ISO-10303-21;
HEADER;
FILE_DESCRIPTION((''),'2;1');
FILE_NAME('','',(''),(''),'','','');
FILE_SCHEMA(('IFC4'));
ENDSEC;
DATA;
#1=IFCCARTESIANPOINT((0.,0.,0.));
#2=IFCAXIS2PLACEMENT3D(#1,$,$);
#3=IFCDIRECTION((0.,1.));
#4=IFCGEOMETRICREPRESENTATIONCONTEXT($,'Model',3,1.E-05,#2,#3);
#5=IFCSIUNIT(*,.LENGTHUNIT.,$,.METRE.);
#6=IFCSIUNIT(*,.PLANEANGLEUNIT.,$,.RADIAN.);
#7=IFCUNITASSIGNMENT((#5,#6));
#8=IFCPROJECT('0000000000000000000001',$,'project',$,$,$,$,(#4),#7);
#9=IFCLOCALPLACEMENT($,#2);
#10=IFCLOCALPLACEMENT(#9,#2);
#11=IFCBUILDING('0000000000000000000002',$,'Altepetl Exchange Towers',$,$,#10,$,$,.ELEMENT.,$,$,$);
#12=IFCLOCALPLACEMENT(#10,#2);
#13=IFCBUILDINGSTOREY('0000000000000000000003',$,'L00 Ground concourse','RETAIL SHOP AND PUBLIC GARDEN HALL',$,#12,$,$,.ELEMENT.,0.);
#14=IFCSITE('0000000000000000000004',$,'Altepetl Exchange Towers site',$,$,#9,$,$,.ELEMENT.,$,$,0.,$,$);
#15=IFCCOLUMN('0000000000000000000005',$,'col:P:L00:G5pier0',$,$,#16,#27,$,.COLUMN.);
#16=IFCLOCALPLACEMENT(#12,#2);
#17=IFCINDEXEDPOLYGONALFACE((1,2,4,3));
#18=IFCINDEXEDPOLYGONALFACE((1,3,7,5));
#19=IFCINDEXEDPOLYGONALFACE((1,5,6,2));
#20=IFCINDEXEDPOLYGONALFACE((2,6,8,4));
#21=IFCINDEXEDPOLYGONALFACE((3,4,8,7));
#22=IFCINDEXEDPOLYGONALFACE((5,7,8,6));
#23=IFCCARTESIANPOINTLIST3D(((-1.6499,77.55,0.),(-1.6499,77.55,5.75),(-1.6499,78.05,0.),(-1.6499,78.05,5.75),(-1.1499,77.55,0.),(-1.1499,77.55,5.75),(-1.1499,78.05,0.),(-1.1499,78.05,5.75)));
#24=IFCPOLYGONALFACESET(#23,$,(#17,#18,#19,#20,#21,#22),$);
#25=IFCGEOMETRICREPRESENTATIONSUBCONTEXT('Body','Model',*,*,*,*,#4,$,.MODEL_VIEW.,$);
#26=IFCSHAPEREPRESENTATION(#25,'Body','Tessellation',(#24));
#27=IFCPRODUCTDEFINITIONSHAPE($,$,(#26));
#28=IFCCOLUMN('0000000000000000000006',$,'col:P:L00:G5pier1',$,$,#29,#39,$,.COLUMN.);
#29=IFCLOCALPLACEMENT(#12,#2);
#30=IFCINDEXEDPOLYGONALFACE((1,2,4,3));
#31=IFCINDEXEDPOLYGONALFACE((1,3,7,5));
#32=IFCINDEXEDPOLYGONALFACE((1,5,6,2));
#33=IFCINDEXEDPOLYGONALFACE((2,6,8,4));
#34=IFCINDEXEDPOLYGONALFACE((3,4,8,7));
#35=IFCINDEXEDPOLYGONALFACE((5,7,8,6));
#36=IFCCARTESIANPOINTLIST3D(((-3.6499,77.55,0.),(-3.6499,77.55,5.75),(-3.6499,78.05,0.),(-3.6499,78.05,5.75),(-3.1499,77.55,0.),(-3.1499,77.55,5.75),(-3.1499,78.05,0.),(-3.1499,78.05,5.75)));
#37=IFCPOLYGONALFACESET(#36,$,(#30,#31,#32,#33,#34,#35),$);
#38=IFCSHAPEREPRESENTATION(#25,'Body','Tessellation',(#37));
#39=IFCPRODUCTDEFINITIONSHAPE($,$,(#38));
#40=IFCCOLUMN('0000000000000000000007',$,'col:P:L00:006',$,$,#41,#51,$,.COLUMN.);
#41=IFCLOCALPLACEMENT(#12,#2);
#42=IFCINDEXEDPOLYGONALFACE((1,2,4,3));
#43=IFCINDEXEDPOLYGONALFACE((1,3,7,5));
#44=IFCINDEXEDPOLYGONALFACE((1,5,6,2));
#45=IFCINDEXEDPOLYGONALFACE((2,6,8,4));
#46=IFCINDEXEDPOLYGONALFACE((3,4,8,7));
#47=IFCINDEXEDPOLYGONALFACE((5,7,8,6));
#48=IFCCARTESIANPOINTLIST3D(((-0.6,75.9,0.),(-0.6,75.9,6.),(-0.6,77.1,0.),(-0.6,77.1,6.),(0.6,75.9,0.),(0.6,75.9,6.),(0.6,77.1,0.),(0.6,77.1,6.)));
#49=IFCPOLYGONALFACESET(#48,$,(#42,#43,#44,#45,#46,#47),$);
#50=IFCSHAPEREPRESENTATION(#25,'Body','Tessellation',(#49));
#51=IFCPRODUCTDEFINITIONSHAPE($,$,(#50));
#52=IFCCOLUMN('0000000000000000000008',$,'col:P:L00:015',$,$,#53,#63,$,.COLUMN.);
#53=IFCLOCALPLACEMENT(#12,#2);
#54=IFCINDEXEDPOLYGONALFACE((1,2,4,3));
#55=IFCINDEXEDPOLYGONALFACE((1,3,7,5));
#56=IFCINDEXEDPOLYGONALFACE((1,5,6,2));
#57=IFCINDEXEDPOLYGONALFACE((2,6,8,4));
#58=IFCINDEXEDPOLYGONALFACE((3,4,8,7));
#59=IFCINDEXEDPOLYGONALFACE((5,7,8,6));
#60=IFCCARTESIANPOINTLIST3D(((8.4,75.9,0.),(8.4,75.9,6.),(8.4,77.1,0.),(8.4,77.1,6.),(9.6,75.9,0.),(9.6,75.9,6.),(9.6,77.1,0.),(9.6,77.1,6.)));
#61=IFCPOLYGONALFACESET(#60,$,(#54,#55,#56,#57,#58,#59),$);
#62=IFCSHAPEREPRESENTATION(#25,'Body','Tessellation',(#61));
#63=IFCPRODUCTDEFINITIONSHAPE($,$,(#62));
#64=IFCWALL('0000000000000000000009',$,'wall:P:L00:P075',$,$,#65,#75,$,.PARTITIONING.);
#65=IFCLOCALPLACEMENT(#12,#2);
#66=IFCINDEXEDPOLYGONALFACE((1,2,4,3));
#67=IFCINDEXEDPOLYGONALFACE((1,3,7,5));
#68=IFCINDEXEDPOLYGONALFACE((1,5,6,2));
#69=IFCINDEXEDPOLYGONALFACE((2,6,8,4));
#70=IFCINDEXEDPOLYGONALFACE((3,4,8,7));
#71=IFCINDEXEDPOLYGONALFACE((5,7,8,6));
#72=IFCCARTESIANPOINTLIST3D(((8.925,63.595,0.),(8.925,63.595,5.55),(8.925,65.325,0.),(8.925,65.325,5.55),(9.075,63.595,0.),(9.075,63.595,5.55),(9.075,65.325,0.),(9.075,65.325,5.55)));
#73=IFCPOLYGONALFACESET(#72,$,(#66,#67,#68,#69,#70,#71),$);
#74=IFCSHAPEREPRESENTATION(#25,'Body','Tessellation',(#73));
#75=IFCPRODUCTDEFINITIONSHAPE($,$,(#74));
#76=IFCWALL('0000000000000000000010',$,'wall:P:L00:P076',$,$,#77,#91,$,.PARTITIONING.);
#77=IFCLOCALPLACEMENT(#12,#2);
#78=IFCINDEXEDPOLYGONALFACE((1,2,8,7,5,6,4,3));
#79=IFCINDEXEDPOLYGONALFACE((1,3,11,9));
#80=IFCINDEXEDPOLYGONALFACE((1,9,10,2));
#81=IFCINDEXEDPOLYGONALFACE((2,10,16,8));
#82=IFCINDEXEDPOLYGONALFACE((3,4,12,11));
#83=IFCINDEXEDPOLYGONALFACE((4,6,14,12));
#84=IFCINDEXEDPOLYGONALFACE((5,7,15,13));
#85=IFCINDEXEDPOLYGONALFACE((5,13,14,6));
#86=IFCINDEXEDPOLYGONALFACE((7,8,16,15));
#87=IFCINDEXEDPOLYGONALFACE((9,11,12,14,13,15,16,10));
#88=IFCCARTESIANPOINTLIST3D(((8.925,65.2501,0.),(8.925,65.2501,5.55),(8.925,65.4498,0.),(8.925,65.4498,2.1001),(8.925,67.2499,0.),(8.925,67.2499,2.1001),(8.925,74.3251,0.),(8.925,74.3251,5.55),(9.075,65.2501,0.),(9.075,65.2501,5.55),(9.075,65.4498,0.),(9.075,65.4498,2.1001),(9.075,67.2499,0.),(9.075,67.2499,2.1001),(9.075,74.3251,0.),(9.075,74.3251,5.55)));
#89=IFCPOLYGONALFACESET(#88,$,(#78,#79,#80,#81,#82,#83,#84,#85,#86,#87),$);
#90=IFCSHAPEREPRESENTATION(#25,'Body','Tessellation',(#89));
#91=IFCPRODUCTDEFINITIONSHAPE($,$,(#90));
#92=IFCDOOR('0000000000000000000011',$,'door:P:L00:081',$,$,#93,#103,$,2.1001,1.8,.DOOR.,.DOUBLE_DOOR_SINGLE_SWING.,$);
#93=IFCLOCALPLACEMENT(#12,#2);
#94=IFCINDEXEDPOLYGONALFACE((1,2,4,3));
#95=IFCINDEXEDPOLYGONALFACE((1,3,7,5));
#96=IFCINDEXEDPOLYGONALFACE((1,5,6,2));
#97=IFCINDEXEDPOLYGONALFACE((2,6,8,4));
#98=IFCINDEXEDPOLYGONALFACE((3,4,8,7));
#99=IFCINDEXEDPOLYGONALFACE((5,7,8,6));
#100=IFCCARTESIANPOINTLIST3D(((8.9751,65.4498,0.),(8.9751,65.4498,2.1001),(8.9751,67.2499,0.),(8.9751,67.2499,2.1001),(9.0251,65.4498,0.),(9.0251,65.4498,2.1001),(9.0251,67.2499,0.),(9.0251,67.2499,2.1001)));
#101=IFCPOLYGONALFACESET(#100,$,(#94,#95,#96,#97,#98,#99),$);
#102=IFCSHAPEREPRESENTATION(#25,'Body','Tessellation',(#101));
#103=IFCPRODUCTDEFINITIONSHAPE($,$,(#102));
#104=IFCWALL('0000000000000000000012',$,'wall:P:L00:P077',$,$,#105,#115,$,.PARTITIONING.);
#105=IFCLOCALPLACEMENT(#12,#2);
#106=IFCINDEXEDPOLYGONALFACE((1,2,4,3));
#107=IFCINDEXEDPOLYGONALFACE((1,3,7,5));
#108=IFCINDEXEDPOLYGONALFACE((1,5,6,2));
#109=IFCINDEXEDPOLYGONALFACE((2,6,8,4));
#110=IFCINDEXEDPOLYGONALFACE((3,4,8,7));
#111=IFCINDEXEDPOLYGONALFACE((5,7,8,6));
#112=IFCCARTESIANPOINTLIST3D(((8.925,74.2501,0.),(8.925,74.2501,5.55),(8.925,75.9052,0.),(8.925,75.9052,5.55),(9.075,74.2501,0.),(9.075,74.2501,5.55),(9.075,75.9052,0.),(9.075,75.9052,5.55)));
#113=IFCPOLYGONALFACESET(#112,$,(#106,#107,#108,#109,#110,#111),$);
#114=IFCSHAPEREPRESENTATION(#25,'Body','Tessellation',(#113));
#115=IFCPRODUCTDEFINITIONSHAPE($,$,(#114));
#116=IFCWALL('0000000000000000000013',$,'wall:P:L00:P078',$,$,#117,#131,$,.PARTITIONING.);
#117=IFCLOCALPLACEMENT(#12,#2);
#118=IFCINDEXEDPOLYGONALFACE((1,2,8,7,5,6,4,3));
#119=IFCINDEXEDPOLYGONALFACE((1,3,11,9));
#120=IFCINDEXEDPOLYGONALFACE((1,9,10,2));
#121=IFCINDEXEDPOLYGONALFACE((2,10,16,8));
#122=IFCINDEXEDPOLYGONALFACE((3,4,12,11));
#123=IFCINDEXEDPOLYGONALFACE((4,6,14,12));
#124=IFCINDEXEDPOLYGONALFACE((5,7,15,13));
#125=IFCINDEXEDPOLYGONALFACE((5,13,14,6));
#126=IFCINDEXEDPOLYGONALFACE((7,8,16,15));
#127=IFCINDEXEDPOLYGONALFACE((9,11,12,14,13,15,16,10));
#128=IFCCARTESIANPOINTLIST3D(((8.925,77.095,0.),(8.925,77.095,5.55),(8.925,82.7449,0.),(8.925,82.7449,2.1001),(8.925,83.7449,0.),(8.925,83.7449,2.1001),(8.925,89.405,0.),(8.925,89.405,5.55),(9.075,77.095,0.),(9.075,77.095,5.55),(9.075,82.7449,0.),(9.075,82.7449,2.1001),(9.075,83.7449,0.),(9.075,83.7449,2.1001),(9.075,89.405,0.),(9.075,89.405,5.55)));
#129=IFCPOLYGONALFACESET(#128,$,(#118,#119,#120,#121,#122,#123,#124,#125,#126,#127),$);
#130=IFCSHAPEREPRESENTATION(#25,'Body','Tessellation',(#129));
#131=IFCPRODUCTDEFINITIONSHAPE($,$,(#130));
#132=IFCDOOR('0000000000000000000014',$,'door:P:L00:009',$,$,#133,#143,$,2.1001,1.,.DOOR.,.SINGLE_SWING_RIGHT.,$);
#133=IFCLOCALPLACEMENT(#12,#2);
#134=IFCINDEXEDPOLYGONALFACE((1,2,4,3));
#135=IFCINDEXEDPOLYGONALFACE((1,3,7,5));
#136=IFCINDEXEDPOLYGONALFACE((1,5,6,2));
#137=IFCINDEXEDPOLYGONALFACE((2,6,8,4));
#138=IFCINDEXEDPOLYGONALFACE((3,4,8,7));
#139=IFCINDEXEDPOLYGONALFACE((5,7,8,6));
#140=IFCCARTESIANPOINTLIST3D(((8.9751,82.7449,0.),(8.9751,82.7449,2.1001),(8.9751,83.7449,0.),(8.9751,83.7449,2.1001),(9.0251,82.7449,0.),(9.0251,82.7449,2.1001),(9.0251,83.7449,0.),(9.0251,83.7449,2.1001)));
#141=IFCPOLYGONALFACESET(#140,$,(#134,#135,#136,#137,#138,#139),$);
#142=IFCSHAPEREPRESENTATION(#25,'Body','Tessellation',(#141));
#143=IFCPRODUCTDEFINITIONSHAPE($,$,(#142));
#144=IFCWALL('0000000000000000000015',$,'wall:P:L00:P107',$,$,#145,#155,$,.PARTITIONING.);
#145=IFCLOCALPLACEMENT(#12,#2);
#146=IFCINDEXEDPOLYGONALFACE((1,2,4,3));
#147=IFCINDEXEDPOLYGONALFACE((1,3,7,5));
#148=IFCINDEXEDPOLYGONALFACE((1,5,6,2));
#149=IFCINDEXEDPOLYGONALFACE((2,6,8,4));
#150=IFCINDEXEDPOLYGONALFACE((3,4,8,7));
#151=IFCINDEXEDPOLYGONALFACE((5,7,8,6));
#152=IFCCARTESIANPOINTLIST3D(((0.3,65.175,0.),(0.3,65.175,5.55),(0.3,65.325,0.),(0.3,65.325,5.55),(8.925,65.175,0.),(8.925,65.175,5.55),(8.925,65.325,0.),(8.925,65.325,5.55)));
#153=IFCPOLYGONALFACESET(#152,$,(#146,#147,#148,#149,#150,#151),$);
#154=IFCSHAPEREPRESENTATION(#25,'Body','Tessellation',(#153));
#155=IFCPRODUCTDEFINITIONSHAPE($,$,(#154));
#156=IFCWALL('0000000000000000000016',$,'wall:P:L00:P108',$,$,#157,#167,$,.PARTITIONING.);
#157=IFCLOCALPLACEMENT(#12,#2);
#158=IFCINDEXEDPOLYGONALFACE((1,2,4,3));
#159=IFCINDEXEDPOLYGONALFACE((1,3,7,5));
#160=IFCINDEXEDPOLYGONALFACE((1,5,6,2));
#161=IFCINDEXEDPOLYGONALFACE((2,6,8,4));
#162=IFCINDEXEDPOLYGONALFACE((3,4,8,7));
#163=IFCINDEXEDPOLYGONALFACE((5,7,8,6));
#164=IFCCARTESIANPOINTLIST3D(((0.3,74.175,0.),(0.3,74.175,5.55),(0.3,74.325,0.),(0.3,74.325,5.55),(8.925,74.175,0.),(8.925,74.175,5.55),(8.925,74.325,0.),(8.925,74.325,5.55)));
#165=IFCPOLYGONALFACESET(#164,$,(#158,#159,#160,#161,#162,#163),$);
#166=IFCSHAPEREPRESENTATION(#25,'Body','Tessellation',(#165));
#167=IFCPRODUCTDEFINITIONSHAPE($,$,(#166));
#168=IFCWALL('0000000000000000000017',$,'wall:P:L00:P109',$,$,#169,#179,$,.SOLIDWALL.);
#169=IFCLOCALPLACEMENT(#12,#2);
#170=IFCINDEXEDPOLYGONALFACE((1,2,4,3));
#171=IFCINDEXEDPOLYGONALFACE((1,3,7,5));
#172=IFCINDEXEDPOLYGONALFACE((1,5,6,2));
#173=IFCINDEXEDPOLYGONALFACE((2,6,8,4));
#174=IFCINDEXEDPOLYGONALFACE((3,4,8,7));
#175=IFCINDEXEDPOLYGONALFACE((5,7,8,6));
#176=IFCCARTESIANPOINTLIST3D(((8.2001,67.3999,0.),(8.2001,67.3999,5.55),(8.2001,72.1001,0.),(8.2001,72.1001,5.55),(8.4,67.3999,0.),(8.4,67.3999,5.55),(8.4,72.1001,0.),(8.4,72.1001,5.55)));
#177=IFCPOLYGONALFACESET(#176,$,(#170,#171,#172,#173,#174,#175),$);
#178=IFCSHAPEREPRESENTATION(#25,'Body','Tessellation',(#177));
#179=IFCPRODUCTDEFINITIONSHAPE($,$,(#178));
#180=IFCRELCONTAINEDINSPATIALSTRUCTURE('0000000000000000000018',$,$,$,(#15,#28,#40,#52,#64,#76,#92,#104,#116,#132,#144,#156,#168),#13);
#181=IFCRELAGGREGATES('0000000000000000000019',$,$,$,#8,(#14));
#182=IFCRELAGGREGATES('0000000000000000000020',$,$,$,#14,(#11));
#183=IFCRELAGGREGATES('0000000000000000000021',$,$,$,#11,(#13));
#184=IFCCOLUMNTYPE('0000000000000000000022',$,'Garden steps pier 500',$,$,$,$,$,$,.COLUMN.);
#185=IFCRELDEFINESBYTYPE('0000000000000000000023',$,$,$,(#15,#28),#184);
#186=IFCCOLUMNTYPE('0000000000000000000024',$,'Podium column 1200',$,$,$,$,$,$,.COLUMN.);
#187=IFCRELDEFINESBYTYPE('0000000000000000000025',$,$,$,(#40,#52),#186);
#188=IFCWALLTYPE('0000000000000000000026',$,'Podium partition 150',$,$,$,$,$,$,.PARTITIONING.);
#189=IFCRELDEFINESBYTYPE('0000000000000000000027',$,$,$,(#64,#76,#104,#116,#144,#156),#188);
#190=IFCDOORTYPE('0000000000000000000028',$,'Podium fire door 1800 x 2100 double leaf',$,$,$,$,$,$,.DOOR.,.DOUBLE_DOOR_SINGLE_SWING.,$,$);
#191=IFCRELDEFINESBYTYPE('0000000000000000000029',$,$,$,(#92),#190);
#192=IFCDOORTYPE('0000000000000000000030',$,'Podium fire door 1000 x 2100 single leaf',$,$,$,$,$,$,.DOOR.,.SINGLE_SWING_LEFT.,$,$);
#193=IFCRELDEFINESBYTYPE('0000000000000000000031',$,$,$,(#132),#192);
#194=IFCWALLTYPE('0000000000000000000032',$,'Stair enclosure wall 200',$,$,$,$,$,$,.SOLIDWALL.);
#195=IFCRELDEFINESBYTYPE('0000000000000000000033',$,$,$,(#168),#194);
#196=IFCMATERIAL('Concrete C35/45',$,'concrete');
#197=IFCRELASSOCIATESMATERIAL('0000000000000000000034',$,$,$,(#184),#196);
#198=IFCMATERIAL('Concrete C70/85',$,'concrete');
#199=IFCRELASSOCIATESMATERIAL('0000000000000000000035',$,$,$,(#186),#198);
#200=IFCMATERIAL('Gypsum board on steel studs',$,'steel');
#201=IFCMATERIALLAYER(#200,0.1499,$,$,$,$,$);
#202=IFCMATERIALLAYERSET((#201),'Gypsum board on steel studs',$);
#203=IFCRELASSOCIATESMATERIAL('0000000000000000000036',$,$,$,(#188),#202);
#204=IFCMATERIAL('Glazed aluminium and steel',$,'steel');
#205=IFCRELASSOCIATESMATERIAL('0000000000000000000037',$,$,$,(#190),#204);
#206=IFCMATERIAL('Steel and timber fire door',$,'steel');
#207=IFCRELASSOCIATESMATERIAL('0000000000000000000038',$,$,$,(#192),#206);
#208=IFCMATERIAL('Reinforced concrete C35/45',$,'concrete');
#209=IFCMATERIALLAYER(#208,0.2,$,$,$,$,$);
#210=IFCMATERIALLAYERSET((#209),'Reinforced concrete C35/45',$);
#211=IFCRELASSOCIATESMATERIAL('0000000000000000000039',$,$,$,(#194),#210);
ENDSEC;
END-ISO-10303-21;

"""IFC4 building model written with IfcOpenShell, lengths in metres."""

from ifc_helpers import new_model, si_unit, direction, frame, frame_2d, origin, origin_2d, place, context, subcontext, project, spatial, rectangle, extrude, material, layer, layer_set, material_profile, profile_set, type_object, element, fill, save


model = new_model("IFC4")

# Units and contexts
model_context = context("Model", 3, precision=1e-05, world=origin(), true_north=direction((0.0, 1.0)))
body_context = subcontext(model_context, "Body", "Model", "MODEL_VIEW")
ifc_project = project(units=[si_unit("LENGTHUNIT", "METRE"), si_unit("PLANEANGLEUNIT", "RADIAN")], contexts=[model_context])

# Site, building, storey
site_placement = place(None, origin())
site = spatial("IfcSite", under=ifc_project, at=site_placement, Name="Altepetl Exchange Towers site", CompositionType="ELEMENT", RefElevation=0.0)
building_placement = place(site_placement, origin())
building = spatial("IfcBuilding", under=site, at=building_placement, Name="Altepetl Exchange Towers", CompositionType="ELEMENT")
storey_placement = place(building_placement, origin())
storey = spatial("IfcBuildingStorey", under=building, at=storey_placement, Name="L00 Ground concourse", Description="RETAIL SHOP AND PUBLIC GARDEN HALL", CompositionType="ELEMENT", Elevation=0.0)

# Columns
ifc_material_1 = material(Name="Concrete C35/45", Category="concrete")
ifc_material_profile_1 = material_profile(ifc_material_1, rectangle(XDim=0.5, YDim=0.5, at=origin_2d()), Name="500 x 500")
ifc_profile_set_1 = profile_set([ifc_material_profile_1], Name="Concrete C35/45")
column_type_1 = type_object("IfcColumnType", Name="Garden steps pier 500", PredefinedType="COLUMN", material=ifc_profile_set_1)
for number, where, name in (
    (1, (-1.3999, 77.8, 0.0), "col:P:L00:G5pier0"),
    (2, (-3.3999, 77.8, 0.0), "col:P:L00:G5pier1"),
):
    element("IfcColumn", number, at=place(storey_placement, frame(where)), inside=storey, type_object=column_type_1, Name=name, PredefinedType="COLUMN", context=body_context, shape_type="SweptSolid", body=[
        extrude(rectangle(XDim=0.5, YDim=0.5, at=origin_2d()), origin(), (0.0, 0.0, 1.0), 5.75),
    ])
ifc_material_2 = material(Name="Concrete C70/85", Category="concrete")
ifc_material_profile_2 = material_profile(ifc_material_2, rectangle(XDim=1.2, YDim=1.2, at=origin_2d()), Name="1200 x 1200")
ifc_profile_set_2 = profile_set([ifc_material_profile_2], Name="Concrete C70/85")
column_type_2 = type_object("IfcColumnType", Name="Podium column 1200", PredefinedType="COLUMN", material=ifc_profile_set_2)
for number, where, name in (
    (3, (0.0, 76.5, 0.0), "col:P:L00:006"),
    (4, (9.0, 76.5, 0.0), "col:P:L00:015"),
):
    element("IfcColumn", number, at=place(storey_placement, frame(where)), inside=storey, type_object=column_type_2, Name=name, PredefinedType="COLUMN", context=body_context, shape_type="SweptSolid", body=[
        extrude(rectangle(XDim=1.2, YDim=1.2, at=origin_2d()), origin(), (0.0, 0.0, 1.0), 6.0),
    ])

# Wall
ifc_material_3 = material(Name="Gypsum board on steel studs", Category="steel")
ifc_layer_1 = layer(ifc_material_3, 0.1499)
ifc_layer_set_1 = layer_set([ifc_layer_1], Name="Gypsum board on steel studs")
wall_type_1 = type_object("IfcWallType", Name="Podium partition 150", PredefinedType="PARTITIONING", material=ifc_layer_set_1)
wall_1_placement = place(storey_placement, frame((9.0, 63.595, 0.0), z_axis=(0.0, 0.0, 1.0), x_axis=(0.0, 1.0, 0.0)))
element("IfcWall", 5, at=wall_1_placement, inside=storey, type_object=wall_type_1, Name="wall:P:L00:P075", PredefinedType="PARTITIONING", context=body_context, shape_type="SweptSolid", body=[
    extrude(rectangle(XDim=1.73, YDim=0.1499, at=frame_2d((0.865, 0.0))), origin(), (0.0, 0.0, 1.0), 5.55),
])

# Wall, opening, door
wall_2_placement = place(storey_placement, frame((9.0, 65.25, 0.0), z_axis=(0.0, 0.0, 1.0), x_axis=(0.0, 1.0, 0.0)))
wall_2 = element("IfcWall", 6, at=wall_2_placement, inside=storey, type_object=wall_type_1, Name="wall:P:L00:P076", PredefinedType="PARTITIONING", context=body_context, shape_type="SweptSolid", body=[
    extrude(rectangle(XDim=9.075, YDim=0.1499, at=frame_2d((4.5376, 0.0))), origin(), (0.0, 0.0, 1.0), 5.55),
])
opening_1_placement = place(wall_2_placement, frame((0.2, 0.0, 0.0)))
opening_1 = element("IfcOpeningElement", 7, at=opening_1_placement, cuts=wall_2, PredefinedType="OPENING", context=body_context, shape_type="SweptSolid", body=[
    extrude(rectangle(XDim=1.8, YDim=2.1001, at=frame_2d((0.8999, 1.05))), frame((0.0, 0.085, 0.0), z_axis=(0.0, -1.0, 0.0), x_axis=(1.0, 0.0, 0.0)), (0.0, 0.0, 1.0), 0.1699),
])
ifc_material_4 = material(Name="Glazed aluminium and steel", Category="steel")
door_type_1 = type_object("IfcDoorType", Name="Podium fire door 1800 x 2100 double leaf", OperationType="DOUBLE_DOOR_SINGLE_SWING", PredefinedType="DOOR", material=ifc_material_4)
door_1_placement = place(opening_1_placement, origin())
door_1 = element("IfcDoor", 8, at=door_1_placement, inside=storey, type_object=door_type_1, Name="door:P:L00:081", OperationType="DOUBLE_DOOR_SINGLE_SWING", OverallHeight=2.1001, OverallWidth=1.8, PredefinedType="DOOR", context=body_context, shape_type="SweptSolid", body=[
    extrude(rectangle(XDim=1.8, YDim=2.1001, at=frame_2d((0.8999, 1.05))), frame((0.0, 0.0249, 0.0), z_axis=(0.0, -1.0, 0.0), x_axis=(1.0, 0.0, 0.0)), (0.0, 0.0, 1.0), 0.05),
])
fill(opening_1, door_1)

# Wall
wall_3_placement = place(storey_placement, frame((9.0, 74.25, 0.0), z_axis=(0.0, 0.0, 1.0), x_axis=(0.0, 1.0, 0.0)))
element("IfcWall", 9, at=wall_3_placement, inside=storey, type_object=wall_type_1, Name="wall:P:L00:P077", PredefinedType="PARTITIONING", context=body_context, shape_type="SweptSolid", body=[
    extrude(rectangle(XDim=1.655, YDim=0.1499, at=frame_2d((0.8276, 0.0))), origin(), (0.0, 0.0, 1.0), 5.55),
])

# Wall, opening, door
wall_4_placement = place(storey_placement, frame((9.0, 77.095, 0.0), z_axis=(0.0, 0.0, 1.0), x_axis=(0.0, 1.0, 0.0)))
wall_4 = element("IfcWall", 10, at=wall_4_placement, inside=storey, type_object=wall_type_1, Name="wall:P:L00:P078", PredefinedType="PARTITIONING", context=body_context, shape_type="SweptSolid", body=[
    extrude(rectangle(XDim=12.3101, YDim=0.1499, at=frame_2d((6.155, 0.0))), origin(), (0.0, 0.0, 1.0), 5.55),
])
opening_2_placement = place(wall_4_placement, frame((5.6499, 0.0, 0.0)))
opening_2 = element("IfcOpeningElement", 11, at=opening_2_placement, cuts=wall_4, PredefinedType="OPENING", context=body_context, shape_type="SweptSolid", body=[
    extrude(rectangle(XDim=1.0, YDim=2.1001, at=frame_2d((0.5, 1.05))), frame((0.0, 0.085, 0.0), z_axis=(0.0, -1.0, 0.0), x_axis=(1.0, 0.0, 0.0)), (0.0, 0.0, 1.0), 0.1699),
])
ifc_material_5 = material(Name="Steel and timber fire door", Category="steel")
door_type_2 = type_object("IfcDoorType", Name="Podium fire door 1000 x 2100 single leaf", OperationType="SINGLE_SWING_LEFT", PredefinedType="DOOR", material=ifc_material_5)
door_2_placement = place(opening_2_placement, origin())
door_2 = element("IfcDoor", 12, at=door_2_placement, inside=storey, type_object=door_type_2, Name="door:P:L00:009", OperationType="SINGLE_SWING_RIGHT", OverallHeight=2.1001, OverallWidth=1.0, PredefinedType="DOOR", context=body_context, shape_type="SweptSolid", body=[
    extrude(rectangle(XDim=1.0, YDim=2.1001, at=frame_2d((0.5, 1.05))), frame((0.0, 0.0249, 0.0), z_axis=(0.0, -1.0, 0.0), x_axis=(1.0, 0.0, 0.0)), (0.0, 0.0, 1.0), 0.05),
])
fill(opening_2, door_2)

# Walls
for number, where, name in (
    (13, (0.3, 65.25, 0.0), "wall:P:L00:P107"),
    (14, (0.3, 74.25, 0.0), "wall:P:L00:P108"),
):
    element("IfcWall", number, at=place(storey_placement, frame(where)), inside=storey, type_object=wall_type_1, Name=name, PredefinedType="PARTITIONING", context=body_context, shape_type="SweptSolid", body=[
        extrude(rectangle(XDim=8.625, YDim=0.1499, at=frame_2d((4.3125, 0.0))), origin(), (0.0, 0.0, 1.0), 5.55),
    ])
ifc_material_6 = material(Name="Reinforced concrete C35/45", Category="concrete")
ifc_layer_2 = layer(ifc_material_6, 0.2)
ifc_layer_set_2 = layer_set([ifc_layer_2], Name="Reinforced concrete C35/45")
wall_type_2 = type_object("IfcWallType", Name="Stair enclosure wall 200", PredefinedType="SOLIDWALL", material=ifc_layer_set_2)
wall_5_placement = place(storey_placement, frame((8.3, 67.3999, 0.0), z_axis=(0.0, 0.0, 1.0), x_axis=(0.0, 1.0, 0.0)))
element("IfcWall", 15, at=wall_5_placement, inside=storey, type_object=wall_type_2, Name="wall:P:L00:P109", PredefinedType="SOLIDWALL", context=body_context, shape_type="SweptSolid", body=[
    extrude(rectangle(XDim=4.7002, YDim=0.2, at=frame_2d((2.3501, 0.0))), origin(), (0.0, 0.0, 1.0), 5.55),
])

save(model, "model.ifc")
